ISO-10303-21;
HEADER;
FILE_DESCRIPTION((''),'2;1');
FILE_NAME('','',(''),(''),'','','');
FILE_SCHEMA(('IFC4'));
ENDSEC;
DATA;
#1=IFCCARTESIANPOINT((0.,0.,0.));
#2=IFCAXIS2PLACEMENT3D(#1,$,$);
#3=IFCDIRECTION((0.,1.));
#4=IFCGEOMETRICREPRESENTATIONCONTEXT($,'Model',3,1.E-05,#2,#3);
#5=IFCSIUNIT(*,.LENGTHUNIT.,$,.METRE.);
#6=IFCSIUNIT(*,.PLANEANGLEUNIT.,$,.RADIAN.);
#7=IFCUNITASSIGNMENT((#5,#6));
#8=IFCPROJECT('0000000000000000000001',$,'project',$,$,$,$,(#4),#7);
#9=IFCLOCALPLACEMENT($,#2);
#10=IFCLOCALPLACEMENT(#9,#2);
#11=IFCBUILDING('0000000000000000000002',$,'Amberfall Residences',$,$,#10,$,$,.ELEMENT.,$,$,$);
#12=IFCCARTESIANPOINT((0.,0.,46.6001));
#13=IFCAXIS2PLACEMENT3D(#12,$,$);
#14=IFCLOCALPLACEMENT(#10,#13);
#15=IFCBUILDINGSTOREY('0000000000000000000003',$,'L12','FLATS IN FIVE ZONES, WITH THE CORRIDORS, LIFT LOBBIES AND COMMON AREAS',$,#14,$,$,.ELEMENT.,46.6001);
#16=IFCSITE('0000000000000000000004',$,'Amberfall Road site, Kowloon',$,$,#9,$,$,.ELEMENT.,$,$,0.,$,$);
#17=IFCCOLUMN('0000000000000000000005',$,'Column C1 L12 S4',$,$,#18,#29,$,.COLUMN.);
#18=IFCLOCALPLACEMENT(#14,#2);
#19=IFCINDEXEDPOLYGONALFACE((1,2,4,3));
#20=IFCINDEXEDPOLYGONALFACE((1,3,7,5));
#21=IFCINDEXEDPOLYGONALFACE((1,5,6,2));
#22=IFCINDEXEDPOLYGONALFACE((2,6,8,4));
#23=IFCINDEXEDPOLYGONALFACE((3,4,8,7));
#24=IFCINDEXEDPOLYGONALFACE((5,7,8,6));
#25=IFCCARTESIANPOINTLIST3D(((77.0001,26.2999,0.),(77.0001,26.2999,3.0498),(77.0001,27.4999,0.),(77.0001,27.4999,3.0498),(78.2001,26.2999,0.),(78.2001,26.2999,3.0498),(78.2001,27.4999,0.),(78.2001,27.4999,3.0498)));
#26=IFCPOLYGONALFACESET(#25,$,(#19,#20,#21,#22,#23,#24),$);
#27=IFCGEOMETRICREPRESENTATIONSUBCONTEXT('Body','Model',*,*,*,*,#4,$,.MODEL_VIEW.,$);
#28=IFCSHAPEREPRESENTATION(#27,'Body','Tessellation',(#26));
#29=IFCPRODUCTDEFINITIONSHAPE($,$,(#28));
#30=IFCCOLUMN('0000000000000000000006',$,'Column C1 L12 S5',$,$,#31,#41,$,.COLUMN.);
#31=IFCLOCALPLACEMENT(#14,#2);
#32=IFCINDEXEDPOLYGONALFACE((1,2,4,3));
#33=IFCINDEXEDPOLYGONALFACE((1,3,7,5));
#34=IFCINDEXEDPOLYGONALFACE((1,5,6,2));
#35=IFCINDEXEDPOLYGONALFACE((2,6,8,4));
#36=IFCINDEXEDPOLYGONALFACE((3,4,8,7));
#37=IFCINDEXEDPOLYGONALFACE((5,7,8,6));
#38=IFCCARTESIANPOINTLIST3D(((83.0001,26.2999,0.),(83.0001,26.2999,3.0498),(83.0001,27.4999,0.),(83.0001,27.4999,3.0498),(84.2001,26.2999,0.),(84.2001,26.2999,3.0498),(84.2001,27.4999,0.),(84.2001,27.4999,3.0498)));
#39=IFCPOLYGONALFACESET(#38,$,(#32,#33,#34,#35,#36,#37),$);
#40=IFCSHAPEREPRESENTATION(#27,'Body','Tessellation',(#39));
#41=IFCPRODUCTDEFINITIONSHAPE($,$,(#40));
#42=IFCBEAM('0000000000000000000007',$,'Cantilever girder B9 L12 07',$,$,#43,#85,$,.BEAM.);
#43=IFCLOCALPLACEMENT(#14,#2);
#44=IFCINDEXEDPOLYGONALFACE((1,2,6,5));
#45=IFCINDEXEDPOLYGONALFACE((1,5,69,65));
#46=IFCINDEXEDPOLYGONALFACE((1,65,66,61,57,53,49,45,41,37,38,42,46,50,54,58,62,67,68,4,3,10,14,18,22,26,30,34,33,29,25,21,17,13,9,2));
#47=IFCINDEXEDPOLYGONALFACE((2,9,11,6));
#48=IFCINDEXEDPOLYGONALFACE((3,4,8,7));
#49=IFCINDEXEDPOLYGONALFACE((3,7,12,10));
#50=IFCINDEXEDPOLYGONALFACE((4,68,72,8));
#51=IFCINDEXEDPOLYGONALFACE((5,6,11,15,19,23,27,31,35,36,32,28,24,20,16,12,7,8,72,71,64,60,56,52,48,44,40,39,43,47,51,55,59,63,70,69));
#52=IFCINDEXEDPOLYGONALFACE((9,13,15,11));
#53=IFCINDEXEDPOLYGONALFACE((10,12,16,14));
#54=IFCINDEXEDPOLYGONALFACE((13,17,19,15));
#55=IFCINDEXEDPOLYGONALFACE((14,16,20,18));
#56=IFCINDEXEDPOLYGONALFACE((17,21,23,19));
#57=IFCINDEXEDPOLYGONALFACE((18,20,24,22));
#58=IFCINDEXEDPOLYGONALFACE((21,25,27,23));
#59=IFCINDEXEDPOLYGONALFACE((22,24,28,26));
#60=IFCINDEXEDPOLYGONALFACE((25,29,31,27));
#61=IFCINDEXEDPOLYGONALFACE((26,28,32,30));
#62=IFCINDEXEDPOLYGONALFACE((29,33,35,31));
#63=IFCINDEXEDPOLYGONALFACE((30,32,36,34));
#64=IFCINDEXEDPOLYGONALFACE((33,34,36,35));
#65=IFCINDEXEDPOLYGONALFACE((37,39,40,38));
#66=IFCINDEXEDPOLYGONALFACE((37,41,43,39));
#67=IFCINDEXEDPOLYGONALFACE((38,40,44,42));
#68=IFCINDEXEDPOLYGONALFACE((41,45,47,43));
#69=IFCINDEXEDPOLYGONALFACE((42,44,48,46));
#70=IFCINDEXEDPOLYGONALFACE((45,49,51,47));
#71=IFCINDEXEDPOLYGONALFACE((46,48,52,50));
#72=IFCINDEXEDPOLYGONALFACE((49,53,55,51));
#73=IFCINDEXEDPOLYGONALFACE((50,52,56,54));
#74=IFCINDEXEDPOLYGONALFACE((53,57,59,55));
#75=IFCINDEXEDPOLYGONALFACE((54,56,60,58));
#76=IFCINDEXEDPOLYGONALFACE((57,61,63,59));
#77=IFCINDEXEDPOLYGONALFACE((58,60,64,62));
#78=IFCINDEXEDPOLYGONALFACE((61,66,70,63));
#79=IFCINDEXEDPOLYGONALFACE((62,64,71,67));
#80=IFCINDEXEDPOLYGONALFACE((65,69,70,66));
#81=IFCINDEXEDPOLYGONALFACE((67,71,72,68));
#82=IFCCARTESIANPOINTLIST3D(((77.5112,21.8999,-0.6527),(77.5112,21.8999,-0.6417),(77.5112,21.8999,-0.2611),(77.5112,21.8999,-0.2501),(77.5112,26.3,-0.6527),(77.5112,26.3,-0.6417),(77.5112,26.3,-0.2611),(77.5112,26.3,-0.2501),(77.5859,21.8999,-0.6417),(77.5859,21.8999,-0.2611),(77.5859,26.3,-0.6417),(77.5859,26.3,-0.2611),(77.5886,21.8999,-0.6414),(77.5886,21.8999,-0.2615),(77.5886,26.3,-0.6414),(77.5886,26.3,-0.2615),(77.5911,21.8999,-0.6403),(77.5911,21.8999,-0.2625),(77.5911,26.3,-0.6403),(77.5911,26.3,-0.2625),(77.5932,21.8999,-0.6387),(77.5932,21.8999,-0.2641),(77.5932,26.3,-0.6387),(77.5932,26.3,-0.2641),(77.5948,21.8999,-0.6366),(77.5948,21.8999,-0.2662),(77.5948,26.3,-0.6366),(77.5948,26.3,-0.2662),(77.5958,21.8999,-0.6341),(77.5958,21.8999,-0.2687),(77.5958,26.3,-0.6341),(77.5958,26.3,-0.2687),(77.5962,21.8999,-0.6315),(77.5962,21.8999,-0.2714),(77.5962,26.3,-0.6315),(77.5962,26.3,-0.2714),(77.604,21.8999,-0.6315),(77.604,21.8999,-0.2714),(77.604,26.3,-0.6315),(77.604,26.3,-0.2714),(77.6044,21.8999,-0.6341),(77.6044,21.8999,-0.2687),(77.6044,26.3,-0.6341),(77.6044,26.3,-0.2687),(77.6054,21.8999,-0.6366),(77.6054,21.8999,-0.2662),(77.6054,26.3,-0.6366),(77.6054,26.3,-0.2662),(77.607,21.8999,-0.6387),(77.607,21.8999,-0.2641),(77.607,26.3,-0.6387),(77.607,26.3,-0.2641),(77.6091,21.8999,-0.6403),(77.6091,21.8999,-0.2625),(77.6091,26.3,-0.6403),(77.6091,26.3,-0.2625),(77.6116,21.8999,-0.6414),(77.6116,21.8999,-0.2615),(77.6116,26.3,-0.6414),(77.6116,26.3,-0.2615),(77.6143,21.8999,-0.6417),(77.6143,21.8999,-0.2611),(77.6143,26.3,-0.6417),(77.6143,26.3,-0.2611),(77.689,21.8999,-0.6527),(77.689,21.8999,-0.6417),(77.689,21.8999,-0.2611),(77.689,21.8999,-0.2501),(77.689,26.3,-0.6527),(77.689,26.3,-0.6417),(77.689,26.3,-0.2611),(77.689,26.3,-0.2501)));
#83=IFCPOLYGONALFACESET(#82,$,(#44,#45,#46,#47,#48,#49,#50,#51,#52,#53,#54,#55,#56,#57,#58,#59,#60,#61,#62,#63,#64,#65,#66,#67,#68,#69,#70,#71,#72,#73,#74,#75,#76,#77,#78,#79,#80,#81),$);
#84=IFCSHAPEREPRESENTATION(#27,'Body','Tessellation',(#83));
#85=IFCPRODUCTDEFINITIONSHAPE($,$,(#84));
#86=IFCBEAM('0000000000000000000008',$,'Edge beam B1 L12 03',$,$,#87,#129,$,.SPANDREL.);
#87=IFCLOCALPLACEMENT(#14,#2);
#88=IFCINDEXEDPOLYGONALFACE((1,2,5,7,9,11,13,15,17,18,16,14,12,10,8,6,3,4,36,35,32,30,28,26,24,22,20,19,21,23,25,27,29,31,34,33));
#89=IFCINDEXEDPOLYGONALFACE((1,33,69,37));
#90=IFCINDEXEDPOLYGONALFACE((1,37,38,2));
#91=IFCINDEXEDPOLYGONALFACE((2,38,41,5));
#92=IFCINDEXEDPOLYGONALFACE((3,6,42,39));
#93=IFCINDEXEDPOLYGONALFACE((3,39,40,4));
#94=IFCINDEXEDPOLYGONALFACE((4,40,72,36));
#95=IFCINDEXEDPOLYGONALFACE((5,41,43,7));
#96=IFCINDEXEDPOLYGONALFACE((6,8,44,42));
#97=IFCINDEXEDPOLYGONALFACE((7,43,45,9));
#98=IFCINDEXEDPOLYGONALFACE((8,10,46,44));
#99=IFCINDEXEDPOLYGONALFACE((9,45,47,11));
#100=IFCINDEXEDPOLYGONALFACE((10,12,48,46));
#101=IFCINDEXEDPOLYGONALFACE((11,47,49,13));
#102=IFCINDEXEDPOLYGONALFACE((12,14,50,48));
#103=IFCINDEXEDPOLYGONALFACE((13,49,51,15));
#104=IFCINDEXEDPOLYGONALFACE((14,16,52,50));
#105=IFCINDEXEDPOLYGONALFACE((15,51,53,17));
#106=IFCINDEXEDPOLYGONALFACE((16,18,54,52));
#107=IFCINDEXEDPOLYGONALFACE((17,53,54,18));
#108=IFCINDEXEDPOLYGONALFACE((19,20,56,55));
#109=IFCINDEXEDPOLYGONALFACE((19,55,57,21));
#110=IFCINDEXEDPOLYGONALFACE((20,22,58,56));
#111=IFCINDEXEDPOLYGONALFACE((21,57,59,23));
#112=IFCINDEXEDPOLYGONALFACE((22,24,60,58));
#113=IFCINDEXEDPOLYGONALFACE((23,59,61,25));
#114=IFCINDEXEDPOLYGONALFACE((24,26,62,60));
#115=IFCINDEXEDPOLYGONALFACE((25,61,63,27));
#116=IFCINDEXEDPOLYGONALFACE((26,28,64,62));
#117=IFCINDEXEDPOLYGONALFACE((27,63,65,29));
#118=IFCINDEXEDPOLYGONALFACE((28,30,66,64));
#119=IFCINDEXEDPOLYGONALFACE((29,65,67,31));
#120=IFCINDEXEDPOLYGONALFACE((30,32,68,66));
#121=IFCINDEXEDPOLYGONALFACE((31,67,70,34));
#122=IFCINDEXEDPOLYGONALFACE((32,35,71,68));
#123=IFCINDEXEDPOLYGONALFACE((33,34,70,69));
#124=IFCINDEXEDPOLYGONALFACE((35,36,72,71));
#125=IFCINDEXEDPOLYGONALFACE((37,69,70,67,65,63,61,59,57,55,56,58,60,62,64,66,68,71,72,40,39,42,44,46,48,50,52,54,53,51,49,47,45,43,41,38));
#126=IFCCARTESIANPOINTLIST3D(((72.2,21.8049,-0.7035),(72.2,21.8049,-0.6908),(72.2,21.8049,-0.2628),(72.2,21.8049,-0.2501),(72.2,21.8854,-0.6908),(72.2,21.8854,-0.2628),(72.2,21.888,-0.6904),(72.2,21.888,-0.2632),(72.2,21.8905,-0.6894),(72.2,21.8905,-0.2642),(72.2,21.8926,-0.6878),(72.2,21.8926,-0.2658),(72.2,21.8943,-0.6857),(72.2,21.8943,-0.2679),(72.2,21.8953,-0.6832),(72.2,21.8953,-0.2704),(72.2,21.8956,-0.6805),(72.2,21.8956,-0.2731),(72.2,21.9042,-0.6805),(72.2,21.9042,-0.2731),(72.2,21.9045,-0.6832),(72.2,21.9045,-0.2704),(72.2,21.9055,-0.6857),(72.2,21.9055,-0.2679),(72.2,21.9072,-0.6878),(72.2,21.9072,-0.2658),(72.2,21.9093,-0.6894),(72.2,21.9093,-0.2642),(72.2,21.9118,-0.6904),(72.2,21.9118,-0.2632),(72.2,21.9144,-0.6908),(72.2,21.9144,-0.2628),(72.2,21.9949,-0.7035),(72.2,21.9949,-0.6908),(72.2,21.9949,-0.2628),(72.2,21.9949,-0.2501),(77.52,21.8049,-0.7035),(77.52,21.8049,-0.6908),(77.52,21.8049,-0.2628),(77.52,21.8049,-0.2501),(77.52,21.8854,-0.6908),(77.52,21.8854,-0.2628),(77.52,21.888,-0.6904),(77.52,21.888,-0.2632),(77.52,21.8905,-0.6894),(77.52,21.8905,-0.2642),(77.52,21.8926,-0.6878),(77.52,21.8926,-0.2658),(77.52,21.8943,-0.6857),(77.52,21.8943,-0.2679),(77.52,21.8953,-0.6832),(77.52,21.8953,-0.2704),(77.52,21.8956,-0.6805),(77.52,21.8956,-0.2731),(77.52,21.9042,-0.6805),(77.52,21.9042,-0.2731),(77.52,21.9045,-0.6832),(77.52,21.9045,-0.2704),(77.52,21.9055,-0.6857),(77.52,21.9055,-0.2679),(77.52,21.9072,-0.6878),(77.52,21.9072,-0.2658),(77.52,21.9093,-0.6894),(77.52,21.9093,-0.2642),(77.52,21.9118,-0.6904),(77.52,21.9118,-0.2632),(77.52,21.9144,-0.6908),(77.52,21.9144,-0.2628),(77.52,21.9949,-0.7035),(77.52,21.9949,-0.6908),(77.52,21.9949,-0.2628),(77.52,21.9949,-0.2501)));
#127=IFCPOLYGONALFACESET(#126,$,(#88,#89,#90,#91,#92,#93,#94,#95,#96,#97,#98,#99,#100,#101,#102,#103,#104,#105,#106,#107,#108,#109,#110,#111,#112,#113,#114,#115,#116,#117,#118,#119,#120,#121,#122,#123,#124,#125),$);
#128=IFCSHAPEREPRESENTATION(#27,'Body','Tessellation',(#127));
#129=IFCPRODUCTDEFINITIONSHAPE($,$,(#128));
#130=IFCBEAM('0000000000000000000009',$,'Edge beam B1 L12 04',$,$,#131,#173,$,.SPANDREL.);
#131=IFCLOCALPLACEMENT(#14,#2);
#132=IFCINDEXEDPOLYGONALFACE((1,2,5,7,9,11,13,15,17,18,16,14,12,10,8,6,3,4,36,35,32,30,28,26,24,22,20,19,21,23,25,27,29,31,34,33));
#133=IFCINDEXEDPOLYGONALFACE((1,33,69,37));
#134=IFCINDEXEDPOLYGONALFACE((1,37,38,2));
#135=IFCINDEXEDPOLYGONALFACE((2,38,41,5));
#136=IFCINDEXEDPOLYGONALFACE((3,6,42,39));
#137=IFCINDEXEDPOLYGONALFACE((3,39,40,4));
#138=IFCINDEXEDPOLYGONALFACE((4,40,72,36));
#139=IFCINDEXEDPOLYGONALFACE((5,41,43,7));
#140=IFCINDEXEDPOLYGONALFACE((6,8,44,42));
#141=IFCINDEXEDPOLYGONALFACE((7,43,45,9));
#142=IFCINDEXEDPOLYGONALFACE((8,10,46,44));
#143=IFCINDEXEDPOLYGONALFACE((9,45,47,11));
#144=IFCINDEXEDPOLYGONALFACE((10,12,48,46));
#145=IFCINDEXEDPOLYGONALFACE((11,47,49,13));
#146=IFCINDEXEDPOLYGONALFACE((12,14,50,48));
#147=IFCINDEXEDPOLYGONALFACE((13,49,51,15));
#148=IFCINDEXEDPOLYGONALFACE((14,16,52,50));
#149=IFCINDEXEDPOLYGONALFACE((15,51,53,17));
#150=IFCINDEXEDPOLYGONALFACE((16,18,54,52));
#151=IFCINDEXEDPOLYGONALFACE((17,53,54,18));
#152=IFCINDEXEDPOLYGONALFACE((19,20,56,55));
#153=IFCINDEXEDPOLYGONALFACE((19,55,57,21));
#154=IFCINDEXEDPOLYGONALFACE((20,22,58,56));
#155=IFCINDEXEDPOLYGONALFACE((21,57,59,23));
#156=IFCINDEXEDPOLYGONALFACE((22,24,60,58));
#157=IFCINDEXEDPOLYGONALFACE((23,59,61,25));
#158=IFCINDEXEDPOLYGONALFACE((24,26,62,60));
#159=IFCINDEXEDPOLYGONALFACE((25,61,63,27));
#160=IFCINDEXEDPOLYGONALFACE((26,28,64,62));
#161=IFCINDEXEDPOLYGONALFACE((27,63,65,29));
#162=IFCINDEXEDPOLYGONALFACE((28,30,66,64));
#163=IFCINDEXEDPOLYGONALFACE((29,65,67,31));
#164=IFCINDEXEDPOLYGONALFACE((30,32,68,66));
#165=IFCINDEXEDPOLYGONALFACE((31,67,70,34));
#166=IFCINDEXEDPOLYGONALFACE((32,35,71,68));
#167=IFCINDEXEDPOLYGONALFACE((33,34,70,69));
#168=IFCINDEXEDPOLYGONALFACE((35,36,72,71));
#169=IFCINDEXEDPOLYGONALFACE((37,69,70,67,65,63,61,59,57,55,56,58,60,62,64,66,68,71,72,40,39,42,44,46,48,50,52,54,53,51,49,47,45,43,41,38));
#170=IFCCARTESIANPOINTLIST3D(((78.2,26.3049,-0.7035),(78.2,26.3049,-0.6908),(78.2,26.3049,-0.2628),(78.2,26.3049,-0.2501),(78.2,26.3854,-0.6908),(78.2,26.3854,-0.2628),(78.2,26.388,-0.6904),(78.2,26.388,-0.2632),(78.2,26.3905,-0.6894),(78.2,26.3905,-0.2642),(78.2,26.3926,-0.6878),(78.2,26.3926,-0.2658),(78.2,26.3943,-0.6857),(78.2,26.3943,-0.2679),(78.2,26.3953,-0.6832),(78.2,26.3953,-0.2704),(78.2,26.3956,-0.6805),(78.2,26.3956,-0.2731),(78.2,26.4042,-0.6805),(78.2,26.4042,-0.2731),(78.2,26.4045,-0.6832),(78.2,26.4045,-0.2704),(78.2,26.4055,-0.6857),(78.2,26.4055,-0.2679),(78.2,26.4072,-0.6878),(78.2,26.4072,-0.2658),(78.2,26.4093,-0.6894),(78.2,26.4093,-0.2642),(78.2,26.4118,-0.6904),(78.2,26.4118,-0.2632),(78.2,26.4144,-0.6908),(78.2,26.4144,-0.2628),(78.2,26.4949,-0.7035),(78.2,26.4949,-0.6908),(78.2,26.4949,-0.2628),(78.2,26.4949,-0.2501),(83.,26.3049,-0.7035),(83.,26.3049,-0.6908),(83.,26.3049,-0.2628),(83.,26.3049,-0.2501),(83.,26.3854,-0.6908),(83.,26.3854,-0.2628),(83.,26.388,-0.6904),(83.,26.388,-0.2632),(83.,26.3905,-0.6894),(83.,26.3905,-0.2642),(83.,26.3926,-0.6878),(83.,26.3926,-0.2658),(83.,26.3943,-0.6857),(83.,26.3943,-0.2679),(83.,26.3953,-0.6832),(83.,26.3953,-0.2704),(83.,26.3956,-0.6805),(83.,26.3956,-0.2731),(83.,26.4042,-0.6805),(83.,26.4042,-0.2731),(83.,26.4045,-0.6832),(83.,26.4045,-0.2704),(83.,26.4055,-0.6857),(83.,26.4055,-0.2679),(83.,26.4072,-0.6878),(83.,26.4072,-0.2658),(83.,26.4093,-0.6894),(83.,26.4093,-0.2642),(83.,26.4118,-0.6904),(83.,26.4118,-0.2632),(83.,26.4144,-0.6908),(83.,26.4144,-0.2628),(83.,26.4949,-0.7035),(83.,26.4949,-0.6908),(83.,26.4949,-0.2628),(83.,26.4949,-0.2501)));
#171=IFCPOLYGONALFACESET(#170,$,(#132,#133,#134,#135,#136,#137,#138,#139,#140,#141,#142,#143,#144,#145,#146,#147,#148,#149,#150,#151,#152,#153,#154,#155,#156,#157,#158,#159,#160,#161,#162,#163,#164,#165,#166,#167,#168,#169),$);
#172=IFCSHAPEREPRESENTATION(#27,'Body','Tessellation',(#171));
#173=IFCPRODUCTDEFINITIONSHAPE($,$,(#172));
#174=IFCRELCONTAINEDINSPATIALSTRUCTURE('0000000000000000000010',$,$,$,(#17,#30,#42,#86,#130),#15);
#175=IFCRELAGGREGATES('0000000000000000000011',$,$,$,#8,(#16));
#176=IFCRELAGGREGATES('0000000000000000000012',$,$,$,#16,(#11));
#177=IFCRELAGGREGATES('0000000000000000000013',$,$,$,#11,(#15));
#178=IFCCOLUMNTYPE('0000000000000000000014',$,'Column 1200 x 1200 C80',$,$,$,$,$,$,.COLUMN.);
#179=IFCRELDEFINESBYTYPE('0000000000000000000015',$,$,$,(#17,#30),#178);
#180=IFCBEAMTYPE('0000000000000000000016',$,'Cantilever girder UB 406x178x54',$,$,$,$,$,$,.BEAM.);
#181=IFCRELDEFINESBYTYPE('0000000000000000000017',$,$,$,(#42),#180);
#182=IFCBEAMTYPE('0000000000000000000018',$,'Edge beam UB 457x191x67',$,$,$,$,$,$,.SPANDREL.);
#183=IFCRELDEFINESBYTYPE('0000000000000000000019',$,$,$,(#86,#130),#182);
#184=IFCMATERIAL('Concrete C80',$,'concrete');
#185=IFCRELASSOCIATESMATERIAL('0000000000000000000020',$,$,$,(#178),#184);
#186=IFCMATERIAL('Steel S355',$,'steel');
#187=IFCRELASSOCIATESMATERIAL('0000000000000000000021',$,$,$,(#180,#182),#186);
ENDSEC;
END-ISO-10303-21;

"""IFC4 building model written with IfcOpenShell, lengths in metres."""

from ifc_helpers import new_model, si_unit, direction, frame, origin, origin_2d, place, context, subcontext, project, spatial, rectangle, i_section, extrude, material, material_profile, profile_set, type_object, element, save


model = new_model("IFC4")

# Units and contexts
model_context = context("Model", 3, precision=1e-05, world=origin(), true_north=direction((0.0, 1.0)))
body_context = subcontext(model_context, "Body", "Model", "MODEL_VIEW")
ifc_project = project(units=[si_unit("LENGTHUNIT", "METRE"), si_unit("PLANEANGLEUNIT", "RADIAN")], contexts=[model_context])

# Site, building, storey
site_placement = place(None, origin())
site = spatial("IfcSite", under=ifc_project, at=site_placement, Name="Amberfall Road site, Kowloon", CompositionType="ELEMENT", RefElevation=0.0)
building_placement = place(site_placement, origin())
building = spatial("IfcBuilding", under=site, at=building_placement, Name="Amberfall Residences", CompositionType="ELEMENT")
storey_placement = place(building_placement, frame((0.0, 0.0, 46.6001)))
storey = spatial("IfcBuildingStorey", under=building, at=storey_placement, Name="L12", Description="FLATS IN FIVE ZONES, WITH THE CORRIDORS, LIFT LOBBIES AND COMMON AREAS", CompositionType="ELEMENT", Elevation=46.6001)

# Columns
ifc_material_1 = material(Name="Concrete C80", Category="concrete")
ifc_material_profile_1 = material_profile(ifc_material_1, rectangle(XDim=1.2, YDim=1.2, at=origin_2d()), Name="Column 1200 x 1200 C80")
ifc_profile_set_1 = profile_set([ifc_material_profile_1], Name="Concrete C80")
column_type = type_object("IfcColumnType", Name="Column 1200 x 1200 C80", PredefinedType="COLUMN", material=ifc_profile_set_1)
for number, where, z_axis, x_axis, name in (
    (1, (77.6001, 26.8999, 0.0), (0.0, 0.0, 1.0), (1.0, 0.0, 0.0), "Column C1 L12 S4"),
    (2, (83.6001, 26.8999, 0.0), (0.0, 0.0, 1.0), (1.0, 0.0, 0.0), "Column C1 L12 S5"),
):
    element("IfcColumn", number, at=place(storey_placement, frame(where, z_axis=z_axis, x_axis=x_axis)), inside=storey, type_object=column_type, Name=name, PredefinedType="COLUMN", context=body_context, shape_type="SweptSolid", body=[
        extrude(rectangle(XDim=1.2, YDim=1.2, at=origin_2d()), origin(), (0.0, 0.0, 1.0), 3.0498),
    ])

# Beams
ifc_material_2 = material(Name="Steel S355", Category="steel")
ifc_material_profile_2 = material_profile(ifc_material_2, i_section(OverallWidth=0.1777, OverallDepth=0.4026, WebThickness=0.0078, FlangeThickness=0.011, FilletRadius=0.0103, at=origin_2d()), Name="UB 406x178x54")
ifc_profile_set_2 = profile_set([ifc_material_profile_2], Name="Steel S355")
beam_type_1 = type_object("IfcBeamType", Name="Cantilever girder UB 406x178x54", PredefinedType="BEAM", material=ifc_profile_set_2)
beam_1_placement = place(storey_placement, frame((77.6001, 26.3, -0.4514), z_axis=(0.0, -1.0, 0.0), x_axis=(1.0, 0.0, 0.0)))
element("IfcBeam", 3, at=beam_1_placement, inside=storey, type_object=beam_type_1, Name="Cantilever girder B9 L12 07", PredefinedType="BEAM", context=body_context, shape_type="SweptSolid", body=[
    extrude(i_section(OverallWidth=0.1777, OverallDepth=0.4026, WebThickness=0.0078, FlangeThickness=0.011, FilletRadius=0.0103, at=origin_2d()), origin(), (0.0, 0.0, 1.0), 4.4001),
])
ifc_material_profile_3 = material_profile(ifc_material_2, i_section(OverallWidth=0.1899, OverallDepth=0.4534, WebThickness=0.0085, FlangeThickness=0.0127, FilletRadius=0.0103, at=origin_2d()), Name="UB 457x191x67")
ifc_profile_set_3 = profile_set([ifc_material_profile_3], Name="Steel S355")
beam_type_2 = type_object("IfcBeamType", Name="Edge beam UB 457x191x67", PredefinedType="SPANDREL", material=ifc_profile_set_3)
beam_2_placement = place(storey_placement, frame((72.2, 21.8999, -0.4768), z_axis=(1.0, 0.0, 0.0), x_axis=(0.0, 1.0, 0.0)))
element("IfcBeam", 4, at=beam_2_placement, inside=storey, type_object=beam_type_2, Name="Edge beam B1 L12 03", PredefinedType="SPANDREL", context=body_context, shape_type="SweptSolid", body=[
    extrude(i_section(OverallWidth=0.1899, OverallDepth=0.4534, WebThickness=0.0085, FlangeThickness=0.0127, FilletRadius=0.0103, at=origin_2d()), origin(), (0.0, 0.0, 1.0), 5.3201),
])
beam_3_placement = place(storey_placement, frame((78.2, 26.3999, -0.4768), z_axis=(1.0, 0.0, 0.0), x_axis=(0.0, 1.0, 0.0)))
element("IfcBeam", 5, at=beam_3_placement, inside=storey, type_object=beam_type_2, Name="Edge beam B1 L12 04", PredefinedType="SPANDREL", context=body_context, shape_type="SweptSolid", body=[
    extrude(i_section(OverallWidth=0.1899, OverallDepth=0.4534, WebThickness=0.0085, FlangeThickness=0.0127, FilletRadius=0.0103, at=origin_2d()), origin(), (0.0, 0.0, 1.0), 4.8),
])

save(model, "model.ifc")
